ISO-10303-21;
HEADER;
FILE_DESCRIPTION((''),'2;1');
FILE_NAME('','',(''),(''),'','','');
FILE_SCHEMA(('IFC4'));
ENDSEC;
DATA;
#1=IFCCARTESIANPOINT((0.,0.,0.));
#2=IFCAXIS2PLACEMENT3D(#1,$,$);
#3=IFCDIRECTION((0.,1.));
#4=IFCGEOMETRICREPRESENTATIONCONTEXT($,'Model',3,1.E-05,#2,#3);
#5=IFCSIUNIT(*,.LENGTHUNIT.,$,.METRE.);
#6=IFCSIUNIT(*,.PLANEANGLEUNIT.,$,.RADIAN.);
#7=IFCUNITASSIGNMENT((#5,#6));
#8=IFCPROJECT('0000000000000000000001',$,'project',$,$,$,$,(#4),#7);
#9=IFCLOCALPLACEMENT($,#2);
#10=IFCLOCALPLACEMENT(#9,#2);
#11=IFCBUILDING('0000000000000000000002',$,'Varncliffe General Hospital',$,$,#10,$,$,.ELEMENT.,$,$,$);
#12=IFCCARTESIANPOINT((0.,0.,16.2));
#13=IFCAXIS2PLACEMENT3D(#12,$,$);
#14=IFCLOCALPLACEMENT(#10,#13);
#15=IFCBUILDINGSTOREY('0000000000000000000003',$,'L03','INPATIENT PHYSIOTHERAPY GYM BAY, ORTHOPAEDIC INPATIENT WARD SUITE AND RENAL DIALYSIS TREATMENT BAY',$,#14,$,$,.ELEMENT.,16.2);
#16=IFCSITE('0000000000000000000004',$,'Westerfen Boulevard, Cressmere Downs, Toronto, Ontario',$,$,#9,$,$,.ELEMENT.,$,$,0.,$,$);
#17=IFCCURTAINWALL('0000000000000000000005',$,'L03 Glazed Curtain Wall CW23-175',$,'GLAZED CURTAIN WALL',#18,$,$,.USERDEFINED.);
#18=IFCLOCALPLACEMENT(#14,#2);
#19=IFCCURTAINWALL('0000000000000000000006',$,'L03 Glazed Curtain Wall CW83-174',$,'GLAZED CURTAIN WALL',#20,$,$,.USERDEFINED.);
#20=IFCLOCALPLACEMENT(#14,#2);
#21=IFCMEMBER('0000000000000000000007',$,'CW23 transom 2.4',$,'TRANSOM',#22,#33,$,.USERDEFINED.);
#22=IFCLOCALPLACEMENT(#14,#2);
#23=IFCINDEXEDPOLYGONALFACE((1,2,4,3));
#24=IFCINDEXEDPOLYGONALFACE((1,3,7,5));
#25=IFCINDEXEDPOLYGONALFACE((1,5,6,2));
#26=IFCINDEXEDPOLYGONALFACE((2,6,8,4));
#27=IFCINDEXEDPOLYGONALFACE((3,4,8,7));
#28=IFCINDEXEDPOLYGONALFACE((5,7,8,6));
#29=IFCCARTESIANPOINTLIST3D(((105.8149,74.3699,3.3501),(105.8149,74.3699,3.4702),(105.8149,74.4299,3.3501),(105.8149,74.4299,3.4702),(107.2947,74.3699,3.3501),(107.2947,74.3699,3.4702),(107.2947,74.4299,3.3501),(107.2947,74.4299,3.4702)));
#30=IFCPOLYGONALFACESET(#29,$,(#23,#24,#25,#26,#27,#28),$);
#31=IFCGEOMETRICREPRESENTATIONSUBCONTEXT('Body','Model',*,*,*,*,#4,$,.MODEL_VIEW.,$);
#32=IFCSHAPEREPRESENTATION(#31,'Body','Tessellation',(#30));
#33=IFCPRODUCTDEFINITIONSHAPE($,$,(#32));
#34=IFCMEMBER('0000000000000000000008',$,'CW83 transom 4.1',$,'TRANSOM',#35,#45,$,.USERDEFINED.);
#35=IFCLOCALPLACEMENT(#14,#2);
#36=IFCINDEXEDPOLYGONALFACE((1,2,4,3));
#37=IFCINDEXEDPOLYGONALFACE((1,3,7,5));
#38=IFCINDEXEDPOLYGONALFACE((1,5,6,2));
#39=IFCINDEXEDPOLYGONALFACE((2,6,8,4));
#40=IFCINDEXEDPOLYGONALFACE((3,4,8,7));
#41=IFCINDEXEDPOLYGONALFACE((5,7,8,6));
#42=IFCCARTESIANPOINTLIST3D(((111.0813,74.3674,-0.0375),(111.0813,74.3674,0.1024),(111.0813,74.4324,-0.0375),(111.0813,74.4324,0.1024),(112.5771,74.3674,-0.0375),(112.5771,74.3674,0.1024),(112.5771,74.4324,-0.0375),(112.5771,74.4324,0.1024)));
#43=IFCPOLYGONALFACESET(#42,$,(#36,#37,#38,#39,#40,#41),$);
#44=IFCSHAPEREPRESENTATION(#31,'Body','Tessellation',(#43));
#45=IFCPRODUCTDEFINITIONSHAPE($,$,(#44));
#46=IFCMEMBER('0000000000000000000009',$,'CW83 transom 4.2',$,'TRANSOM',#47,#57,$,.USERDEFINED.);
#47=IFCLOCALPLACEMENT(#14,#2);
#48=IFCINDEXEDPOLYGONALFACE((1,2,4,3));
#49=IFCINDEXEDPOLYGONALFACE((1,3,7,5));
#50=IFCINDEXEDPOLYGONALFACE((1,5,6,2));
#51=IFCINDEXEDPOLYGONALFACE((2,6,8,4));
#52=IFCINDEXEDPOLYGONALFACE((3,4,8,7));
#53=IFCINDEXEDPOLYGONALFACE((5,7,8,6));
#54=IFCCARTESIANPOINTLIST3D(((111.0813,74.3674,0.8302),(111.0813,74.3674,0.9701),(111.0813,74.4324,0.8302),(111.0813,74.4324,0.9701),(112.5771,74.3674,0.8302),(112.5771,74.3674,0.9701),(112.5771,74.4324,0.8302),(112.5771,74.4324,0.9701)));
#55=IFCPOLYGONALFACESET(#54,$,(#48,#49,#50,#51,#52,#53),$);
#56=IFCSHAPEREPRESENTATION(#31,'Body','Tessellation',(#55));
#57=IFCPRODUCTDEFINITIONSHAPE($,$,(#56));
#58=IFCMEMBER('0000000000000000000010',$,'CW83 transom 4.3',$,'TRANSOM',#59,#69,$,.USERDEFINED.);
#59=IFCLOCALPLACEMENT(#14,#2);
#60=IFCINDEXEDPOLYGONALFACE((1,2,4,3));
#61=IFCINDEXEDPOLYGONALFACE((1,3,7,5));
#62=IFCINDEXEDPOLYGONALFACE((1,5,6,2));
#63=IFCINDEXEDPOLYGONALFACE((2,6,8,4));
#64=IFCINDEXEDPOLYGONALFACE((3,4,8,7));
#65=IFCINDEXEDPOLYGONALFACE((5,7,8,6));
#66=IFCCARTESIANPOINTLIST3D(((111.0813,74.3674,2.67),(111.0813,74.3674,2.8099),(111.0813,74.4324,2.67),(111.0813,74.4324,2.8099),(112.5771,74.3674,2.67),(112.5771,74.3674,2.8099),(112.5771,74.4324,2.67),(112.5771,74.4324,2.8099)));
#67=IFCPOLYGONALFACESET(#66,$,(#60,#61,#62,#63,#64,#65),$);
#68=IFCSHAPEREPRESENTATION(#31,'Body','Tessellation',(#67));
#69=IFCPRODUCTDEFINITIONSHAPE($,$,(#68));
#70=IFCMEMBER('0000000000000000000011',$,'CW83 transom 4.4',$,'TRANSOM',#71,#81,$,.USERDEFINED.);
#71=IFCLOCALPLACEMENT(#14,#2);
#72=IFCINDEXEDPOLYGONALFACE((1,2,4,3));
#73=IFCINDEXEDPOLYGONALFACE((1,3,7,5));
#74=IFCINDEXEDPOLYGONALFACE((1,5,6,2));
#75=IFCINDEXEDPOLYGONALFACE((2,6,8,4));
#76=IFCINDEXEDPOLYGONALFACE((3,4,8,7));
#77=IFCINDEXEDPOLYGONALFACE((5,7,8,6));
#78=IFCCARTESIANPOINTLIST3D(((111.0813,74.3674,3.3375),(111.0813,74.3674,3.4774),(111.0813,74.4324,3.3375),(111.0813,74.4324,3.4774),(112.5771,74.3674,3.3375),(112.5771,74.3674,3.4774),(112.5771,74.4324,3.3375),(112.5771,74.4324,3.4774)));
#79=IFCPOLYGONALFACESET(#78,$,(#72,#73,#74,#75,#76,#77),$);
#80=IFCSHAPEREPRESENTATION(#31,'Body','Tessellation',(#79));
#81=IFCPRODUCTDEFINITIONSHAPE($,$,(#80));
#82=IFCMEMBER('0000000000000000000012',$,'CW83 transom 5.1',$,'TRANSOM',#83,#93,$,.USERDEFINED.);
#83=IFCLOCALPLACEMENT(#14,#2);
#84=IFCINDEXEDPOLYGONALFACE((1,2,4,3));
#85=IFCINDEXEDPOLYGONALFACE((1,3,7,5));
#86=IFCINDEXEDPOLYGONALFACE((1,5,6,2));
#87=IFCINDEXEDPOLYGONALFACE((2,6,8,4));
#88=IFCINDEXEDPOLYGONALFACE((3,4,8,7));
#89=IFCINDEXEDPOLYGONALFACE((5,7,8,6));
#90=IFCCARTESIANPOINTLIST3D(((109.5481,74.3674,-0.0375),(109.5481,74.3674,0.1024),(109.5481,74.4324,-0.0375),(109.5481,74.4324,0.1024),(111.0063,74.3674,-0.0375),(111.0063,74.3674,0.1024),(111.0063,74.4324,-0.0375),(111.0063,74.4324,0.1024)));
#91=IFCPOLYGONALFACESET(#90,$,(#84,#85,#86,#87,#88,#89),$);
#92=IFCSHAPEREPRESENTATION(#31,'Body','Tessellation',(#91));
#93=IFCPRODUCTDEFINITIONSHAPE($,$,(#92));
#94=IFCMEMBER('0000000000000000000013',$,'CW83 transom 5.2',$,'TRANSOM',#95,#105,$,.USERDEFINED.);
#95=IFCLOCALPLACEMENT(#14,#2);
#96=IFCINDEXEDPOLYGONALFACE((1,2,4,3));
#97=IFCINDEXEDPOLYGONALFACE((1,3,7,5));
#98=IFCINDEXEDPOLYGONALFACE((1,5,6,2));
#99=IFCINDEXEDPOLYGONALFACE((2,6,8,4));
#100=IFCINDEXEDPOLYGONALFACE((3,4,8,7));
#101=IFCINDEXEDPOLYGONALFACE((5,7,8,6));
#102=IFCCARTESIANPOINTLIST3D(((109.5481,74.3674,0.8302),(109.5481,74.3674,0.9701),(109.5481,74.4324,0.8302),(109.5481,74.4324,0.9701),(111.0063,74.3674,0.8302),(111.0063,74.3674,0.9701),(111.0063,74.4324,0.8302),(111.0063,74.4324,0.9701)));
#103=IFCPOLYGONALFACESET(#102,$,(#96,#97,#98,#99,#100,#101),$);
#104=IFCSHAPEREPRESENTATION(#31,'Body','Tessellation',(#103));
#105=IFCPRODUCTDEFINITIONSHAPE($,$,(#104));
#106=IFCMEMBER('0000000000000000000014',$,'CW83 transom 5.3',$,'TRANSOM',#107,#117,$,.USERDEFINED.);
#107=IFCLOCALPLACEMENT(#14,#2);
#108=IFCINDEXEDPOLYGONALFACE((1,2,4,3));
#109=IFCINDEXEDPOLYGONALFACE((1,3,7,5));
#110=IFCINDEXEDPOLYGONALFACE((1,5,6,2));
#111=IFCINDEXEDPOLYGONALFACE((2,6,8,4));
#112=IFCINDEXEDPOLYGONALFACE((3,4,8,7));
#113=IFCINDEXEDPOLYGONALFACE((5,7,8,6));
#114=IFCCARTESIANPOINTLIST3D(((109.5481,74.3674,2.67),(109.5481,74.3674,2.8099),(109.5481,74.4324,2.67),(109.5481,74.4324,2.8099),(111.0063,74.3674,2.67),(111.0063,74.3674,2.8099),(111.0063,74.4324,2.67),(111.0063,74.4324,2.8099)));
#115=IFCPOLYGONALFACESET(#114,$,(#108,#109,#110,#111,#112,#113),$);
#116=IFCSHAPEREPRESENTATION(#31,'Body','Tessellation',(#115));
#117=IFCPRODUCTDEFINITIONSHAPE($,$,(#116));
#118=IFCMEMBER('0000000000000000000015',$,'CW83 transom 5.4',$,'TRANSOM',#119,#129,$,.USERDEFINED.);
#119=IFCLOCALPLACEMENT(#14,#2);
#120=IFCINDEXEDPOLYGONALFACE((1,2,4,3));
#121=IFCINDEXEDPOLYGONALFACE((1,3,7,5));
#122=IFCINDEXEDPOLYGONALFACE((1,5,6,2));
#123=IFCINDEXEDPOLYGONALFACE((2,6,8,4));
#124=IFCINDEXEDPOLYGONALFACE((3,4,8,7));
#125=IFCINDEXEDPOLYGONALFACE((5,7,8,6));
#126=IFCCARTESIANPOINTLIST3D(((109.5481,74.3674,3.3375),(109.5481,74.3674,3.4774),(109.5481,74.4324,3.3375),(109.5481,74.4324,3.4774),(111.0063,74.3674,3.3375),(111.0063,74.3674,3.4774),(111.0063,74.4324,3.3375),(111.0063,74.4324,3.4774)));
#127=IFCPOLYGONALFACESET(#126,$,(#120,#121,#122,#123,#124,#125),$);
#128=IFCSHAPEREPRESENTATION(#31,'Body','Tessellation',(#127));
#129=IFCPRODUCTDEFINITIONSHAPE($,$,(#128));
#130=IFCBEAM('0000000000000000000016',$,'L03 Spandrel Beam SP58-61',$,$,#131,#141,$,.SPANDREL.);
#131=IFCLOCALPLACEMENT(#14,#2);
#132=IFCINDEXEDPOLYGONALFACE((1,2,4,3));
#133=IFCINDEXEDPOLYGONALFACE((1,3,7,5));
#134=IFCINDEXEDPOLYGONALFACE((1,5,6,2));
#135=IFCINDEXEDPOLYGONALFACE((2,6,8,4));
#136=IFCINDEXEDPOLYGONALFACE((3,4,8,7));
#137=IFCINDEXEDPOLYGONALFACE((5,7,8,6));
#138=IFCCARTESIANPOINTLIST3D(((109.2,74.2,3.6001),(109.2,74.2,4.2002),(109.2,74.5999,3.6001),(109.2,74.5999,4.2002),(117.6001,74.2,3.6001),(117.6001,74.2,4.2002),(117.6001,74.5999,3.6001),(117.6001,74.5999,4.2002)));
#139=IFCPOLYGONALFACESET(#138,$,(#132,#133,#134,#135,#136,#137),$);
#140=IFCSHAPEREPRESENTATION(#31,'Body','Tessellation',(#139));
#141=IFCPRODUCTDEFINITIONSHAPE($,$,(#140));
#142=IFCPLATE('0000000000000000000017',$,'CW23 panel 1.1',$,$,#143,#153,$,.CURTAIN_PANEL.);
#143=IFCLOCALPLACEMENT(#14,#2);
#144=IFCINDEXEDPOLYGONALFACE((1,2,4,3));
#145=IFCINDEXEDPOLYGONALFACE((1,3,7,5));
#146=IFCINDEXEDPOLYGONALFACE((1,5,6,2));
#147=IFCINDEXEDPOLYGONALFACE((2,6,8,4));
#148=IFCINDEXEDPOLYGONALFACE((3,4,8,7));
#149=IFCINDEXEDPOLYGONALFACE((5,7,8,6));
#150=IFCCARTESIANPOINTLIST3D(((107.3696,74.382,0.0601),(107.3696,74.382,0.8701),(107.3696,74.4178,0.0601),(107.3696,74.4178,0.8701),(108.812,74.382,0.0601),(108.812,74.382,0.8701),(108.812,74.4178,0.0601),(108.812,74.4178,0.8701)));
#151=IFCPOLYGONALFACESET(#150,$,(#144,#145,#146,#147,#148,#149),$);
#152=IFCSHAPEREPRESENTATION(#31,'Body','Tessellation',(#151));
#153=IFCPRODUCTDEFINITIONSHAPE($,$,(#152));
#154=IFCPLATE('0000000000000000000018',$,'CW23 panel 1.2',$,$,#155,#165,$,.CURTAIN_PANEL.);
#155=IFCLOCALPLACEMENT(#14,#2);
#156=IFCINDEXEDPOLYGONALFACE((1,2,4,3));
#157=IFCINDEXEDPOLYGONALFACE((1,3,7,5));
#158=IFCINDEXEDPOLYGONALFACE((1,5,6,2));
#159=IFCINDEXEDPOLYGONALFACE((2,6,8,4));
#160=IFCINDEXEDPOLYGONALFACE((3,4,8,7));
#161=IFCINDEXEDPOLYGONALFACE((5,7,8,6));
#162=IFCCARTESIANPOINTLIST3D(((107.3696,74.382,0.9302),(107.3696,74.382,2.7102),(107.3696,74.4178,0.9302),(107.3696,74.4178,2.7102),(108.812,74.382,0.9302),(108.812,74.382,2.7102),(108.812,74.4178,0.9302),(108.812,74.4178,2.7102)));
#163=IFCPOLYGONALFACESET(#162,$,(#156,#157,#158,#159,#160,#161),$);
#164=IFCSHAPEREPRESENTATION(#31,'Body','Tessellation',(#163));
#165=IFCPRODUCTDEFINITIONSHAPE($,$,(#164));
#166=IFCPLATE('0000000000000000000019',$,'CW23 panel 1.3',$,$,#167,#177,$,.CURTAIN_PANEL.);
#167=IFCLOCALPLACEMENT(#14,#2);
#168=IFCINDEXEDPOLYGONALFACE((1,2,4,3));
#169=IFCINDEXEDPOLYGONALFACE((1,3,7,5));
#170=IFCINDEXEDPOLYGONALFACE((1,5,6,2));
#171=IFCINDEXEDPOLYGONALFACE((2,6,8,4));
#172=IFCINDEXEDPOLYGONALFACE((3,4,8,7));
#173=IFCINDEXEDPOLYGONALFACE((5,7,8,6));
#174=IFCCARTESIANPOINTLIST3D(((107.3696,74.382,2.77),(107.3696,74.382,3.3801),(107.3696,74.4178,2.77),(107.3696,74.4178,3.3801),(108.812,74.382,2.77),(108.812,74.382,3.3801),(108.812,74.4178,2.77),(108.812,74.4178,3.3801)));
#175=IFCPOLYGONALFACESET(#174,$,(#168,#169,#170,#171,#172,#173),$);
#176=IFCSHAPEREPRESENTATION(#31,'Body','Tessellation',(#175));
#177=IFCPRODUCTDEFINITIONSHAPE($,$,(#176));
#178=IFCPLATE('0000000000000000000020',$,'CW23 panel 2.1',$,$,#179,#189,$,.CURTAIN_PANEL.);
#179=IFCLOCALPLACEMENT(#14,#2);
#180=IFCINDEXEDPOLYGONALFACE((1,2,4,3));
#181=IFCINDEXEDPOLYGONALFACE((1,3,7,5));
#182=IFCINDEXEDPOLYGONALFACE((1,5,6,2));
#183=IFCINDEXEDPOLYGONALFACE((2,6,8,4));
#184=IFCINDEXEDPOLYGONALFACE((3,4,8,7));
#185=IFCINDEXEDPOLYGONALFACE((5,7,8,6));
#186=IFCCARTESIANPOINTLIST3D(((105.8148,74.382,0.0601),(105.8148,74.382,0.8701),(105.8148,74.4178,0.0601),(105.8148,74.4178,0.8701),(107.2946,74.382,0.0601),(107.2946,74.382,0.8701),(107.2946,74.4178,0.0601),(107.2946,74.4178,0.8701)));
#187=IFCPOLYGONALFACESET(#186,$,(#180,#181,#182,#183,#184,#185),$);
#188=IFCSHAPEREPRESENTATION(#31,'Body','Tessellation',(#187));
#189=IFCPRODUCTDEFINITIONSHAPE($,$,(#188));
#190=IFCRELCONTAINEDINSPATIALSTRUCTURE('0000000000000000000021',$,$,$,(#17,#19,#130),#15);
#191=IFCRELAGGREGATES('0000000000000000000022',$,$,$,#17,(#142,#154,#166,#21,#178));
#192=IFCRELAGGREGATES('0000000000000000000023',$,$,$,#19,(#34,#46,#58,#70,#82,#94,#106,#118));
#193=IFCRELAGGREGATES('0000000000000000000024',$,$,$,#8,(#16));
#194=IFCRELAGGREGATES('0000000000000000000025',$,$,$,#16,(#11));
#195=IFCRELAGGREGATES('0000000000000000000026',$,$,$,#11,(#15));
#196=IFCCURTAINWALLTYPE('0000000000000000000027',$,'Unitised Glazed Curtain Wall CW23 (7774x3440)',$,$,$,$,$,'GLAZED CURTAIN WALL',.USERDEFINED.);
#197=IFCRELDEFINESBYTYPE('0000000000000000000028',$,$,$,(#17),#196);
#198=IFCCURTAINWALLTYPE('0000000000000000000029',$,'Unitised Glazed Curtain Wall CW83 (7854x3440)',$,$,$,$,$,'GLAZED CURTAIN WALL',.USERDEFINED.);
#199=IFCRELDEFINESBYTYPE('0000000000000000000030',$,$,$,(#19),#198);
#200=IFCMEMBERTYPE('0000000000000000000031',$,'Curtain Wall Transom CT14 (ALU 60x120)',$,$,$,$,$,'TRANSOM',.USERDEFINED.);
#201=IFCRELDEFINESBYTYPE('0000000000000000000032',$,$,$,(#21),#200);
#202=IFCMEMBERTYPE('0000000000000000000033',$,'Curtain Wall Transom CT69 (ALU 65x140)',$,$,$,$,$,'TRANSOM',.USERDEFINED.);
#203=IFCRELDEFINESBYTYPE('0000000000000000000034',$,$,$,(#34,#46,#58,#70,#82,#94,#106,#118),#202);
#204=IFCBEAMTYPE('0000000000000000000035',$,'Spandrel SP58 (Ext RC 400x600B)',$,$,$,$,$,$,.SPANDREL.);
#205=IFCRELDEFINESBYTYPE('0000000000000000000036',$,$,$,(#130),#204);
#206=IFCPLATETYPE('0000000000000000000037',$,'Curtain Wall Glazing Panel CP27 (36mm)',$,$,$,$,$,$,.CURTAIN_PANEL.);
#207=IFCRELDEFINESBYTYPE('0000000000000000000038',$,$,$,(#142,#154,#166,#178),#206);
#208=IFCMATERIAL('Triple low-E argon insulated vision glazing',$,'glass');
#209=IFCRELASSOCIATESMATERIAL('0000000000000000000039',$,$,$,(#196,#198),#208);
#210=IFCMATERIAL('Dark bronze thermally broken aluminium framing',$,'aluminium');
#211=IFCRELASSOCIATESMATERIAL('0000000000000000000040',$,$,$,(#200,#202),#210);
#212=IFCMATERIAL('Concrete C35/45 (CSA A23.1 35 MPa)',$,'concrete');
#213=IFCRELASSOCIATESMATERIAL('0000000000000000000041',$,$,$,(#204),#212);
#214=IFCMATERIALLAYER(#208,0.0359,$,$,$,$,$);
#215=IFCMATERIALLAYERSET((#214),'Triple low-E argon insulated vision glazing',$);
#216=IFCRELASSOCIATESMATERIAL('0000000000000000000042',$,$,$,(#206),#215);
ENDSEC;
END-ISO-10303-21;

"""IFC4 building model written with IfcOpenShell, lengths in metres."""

from ifc_helpers import new_model, si_unit, direction, frame, origin, origin_2d, place, context, subcontext, project, spatial, rectangle, extrude, material, layer, layer_set, material_profile, profile_set, type_object, element, aggregate, save


model = new_model("IFC4")

# Units and contexts
model_context = context("Model", 3, precision=1e-05, world=origin(), true_north=direction((0.0, 1.0)))
body_context = subcontext(model_context, "Body", "Model", "MODEL_VIEW")
ifc_project = project(units=[si_unit("LENGTHUNIT", "METRE"), si_unit("PLANEANGLEUNIT", "RADIAN")], contexts=[model_context])

# Site, building, storey
site_placement = place(None, origin())
site = spatial("IfcSite", under=ifc_project, at=site_placement, Name="Westerfen Boulevard, Cressmere Downs, Toronto, Ontario", CompositionType="ELEMENT", RefElevation=0.0)
building_placement = place(site_placement, origin())
building = spatial("IfcBuilding", under=site, at=building_placement, Name="Varncliffe General Hospital", CompositionType="ELEMENT")
storey_placement = place(building_placement, frame((0.0, 0.0, 16.2)))
storey = spatial("IfcBuildingStorey", under=building, at=storey_placement, Name="L03", Description="INPATIENT PHYSIOTHERAPY GYM BAY, ORTHOPAEDIC INPATIENT WARD SUITE AND RENAL DIALYSIS TREATMENT BAY", CompositionType="ELEMENT", Elevation=16.2)

# Shared definitions
ifc_material_1 = material(Name="Concrete C35/45 (CSA A23.1 35 MPa)", Category="concrete")

# Curtain walls
ifc_material_2 = material(Name="Triple low-E argon insulated vision glazing", Category="glass")
curtain_wall_type_1 = type_object("IfcCurtainWallType", Name="Unitised Glazed Curtain Wall CW23 (7774x3440)", ElementType="GLAZED CURTAIN WALL", PredefinedType="USERDEFINED", material=ifc_material_2)
curtain_wall_1_placement = place(storey_placement, origin())
curtain_wall_1 = element("IfcCurtainWall", 1, at=curtain_wall_1_placement, inside=storey, type_object=curtain_wall_type_1, Name="L03 Glazed Curtain Wall CW23-175", ObjectType="GLAZED CURTAIN WALL", PredefinedType="USERDEFINED")
ifc_material_3 = material(Name="Dark bronze thermally broken aluminium framing", Category="aluminium")
curtain_wall_type_2 = type_object("IfcCurtainWallType", Name="Unitised Glazed Curtain Wall CW83 (7854x3440)", ElementType="GLAZED CURTAIN WALL", PredefinedType="USERDEFINED", material=ifc_material_2)
curtain_wall_2_placement = place(storey_placement, origin())
curtain_wall_2 = element("IfcCurtainWall", 2, at=curtain_wall_2_placement, inside=storey, type_object=curtain_wall_type_2, Name="L03 Glazed Curtain Wall CW83-174", ObjectType="GLAZED CURTAIN WALL", PredefinedType="USERDEFINED")

# Members
ifc_material_profile_1 = material_profile(ifc_material_3, rectangle(XDim=0.0601, YDim=0.1201, at=origin_2d()), Name="ALU 60x120")
ifc_profile_set_1 = profile_set([ifc_material_profile_1], Name="Dark bronze thermally broken aluminium framing")
member_type_1 = type_object("IfcMemberType", Name="Curtain Wall Transom CT14 (ALU 60x120)", ElementType="TRANSOM", PredefinedType="USERDEFINED", material=ifc_profile_set_1)
member_1_placement = place(storey_placement, frame((107.2947, 74.3999, 3.4102), z_axis=(-1.0, 0.0, 0.0), x_axis=(0.0, -1.0, 0.0)))
member_1 = element("IfcMember", 3, at=member_1_placement, type_object=member_type_1, Name="CW23 transom 2.4", ObjectType="TRANSOM", PredefinedType="USERDEFINED", context=body_context, shape_type="SweptSolid", body=[
    extrude(rectangle(XDim=0.0601, YDim=0.1201, at=origin_2d()), origin(), (0.0, 0.0, 1.0), 1.4797),
])
ifc_material_profile_2 = material_profile(ifc_material_3, rectangle(XDim=0.0649, YDim=0.1399, at=origin_2d()), Name="ALU 65x140")
ifc_profile_set_2 = profile_set([ifc_material_profile_2], Name="Dark bronze thermally broken aluminium framing")
member_type_2 = type_object("IfcMemberType", Name="Curtain Wall Transom CT69 (ALU 65x140)", ElementType="TRANSOM", PredefinedType="USERDEFINED", material=ifc_profile_set_2)
member_2_placement = place(storey_placement, frame((112.5771, 74.3999, 0.0325), z_axis=(-1.0, 0.0, 0.0), x_axis=(0.0, -1.0, 0.0)))
member_2 = element("IfcMember", 4, at=member_2_placement, type_object=member_type_2, Name="CW83 transom 4.1", ObjectType="TRANSOM", PredefinedType="USERDEFINED", context=body_context, shape_type="SweptSolid", body=[
    extrude(rectangle(XDim=0.0649, YDim=0.1399, at=origin_2d()), origin(), (0.0, 0.0, 1.0), 1.4958),
])
member_3_placement = place(storey_placement, frame((112.5771, 74.3999, 0.9001), z_axis=(-1.0, 0.0, 0.0), x_axis=(0.0, -1.0, 0.0)))
member_3 = element("IfcMember", 5, at=member_3_placement, type_object=member_type_2, Name="CW83 transom 4.2", ObjectType="TRANSOM", PredefinedType="USERDEFINED", context=body_context, shape_type="SweptSolid", body=[
    extrude(rectangle(XDim=0.0649, YDim=0.1399, at=origin_2d()), origin(), (0.0, 0.0, 1.0), 1.4958),
])
member_4_placement = place(storey_placement, frame((112.5771, 74.3999, 2.74), z_axis=(-1.0, 0.0, 0.0), x_axis=(0.0, -1.0, 0.0)))
member_4 = element("IfcMember", 6, at=member_4_placement, type_object=member_type_2, Name="CW83 transom 4.3", ObjectType="TRANSOM", PredefinedType="USERDEFINED", context=body_context, shape_type="SweptSolid", body=[
    extrude(rectangle(XDim=0.0649, YDim=0.1399, at=origin_2d()), origin(), (0.0, 0.0, 1.0), 1.4958),
])
member_5_placement = place(storey_placement, frame((112.5771, 74.3999, 3.4075), z_axis=(-1.0, 0.0, 0.0), x_axis=(0.0, -1.0, 0.0)))
member_5 = element("IfcMember", 7, at=member_5_placement, type_object=member_type_2, Name="CW83 transom 4.4", ObjectType="TRANSOM", PredefinedType="USERDEFINED", context=body_context, shape_type="SweptSolid", body=[
    extrude(rectangle(XDim=0.0649, YDim=0.1399, at=origin_2d()), origin(), (0.0, 0.0, 1.0), 1.4958),
])
member_6_placement = place(storey_placement, frame((111.0063, 74.3999, 0.0325), z_axis=(-1.0, 0.0, 0.0), x_axis=(0.0, -1.0, 0.0)))
member_6 = element("IfcMember", 8, at=member_6_placement, type_object=member_type_2, Name="CW83 transom 5.1", ObjectType="TRANSOM", PredefinedType="USERDEFINED", context=body_context, shape_type="SweptSolid", body=[
    extrude(rectangle(XDim=0.0649, YDim=0.1399, at=origin_2d()), origin(), (0.0, 0.0, 1.0), 1.4583),
])
member_7_placement = place(storey_placement, frame((111.0063, 74.3999, 0.9001), z_axis=(-1.0, 0.0, 0.0), x_axis=(0.0, -1.0, 0.0)))
member_7 = element("IfcMember", 9, at=member_7_placement, type_object=member_type_2, Name="CW83 transom 5.2", ObjectType="TRANSOM", PredefinedType="USERDEFINED", context=body_context, shape_type="SweptSolid", body=[
    extrude(rectangle(XDim=0.0649, YDim=0.1399, at=origin_2d()), origin(), (0.0, 0.0, 1.0), 1.4583),
])
member_8_placement = place(storey_placement, frame((111.0063, 74.3999, 2.74), z_axis=(-1.0, 0.0, 0.0), x_axis=(0.0, -1.0, 0.0)))
member_8 = element("IfcMember", 10, at=member_8_placement, type_object=member_type_2, Name="CW83 transom 5.3", ObjectType="TRANSOM", PredefinedType="USERDEFINED", context=body_context, shape_type="SweptSolid", body=[
    extrude(rectangle(XDim=0.0649, YDim=0.1399, at=origin_2d()), origin(), (0.0, 0.0, 1.0), 1.4583),
])
member_9_placement = place(storey_placement, frame((111.0063, 74.3999, 3.4075), z_axis=(-1.0, 0.0, 0.0), x_axis=(0.0, -1.0, 0.0)))
member_9 = element("IfcMember", 11, at=member_9_placement, type_object=member_type_2, Name="CW83 transom 5.4", ObjectType="TRANSOM", PredefinedType="USERDEFINED", context=body_context, shape_type="SweptSolid", body=[
    extrude(rectangle(XDim=0.0649, YDim=0.1399, at=origin_2d()), origin(), (0.0, 0.0, 1.0), 1.4583),
])

# Beam
ifc_material_profile_3 = material_profile(ifc_material_1, rectangle(XDim=0.3999, YDim=0.6001, at=origin_2d()), Name="RC 400x600")
ifc_profile_set_3 = profile_set([ifc_material_profile_3], Name="Concrete C35/45 (CSA A23.1 35 MPa)")
beam_type_1 = type_object("IfcBeamType", Name="Spandrel SP58 (Ext RC 400x600B)", PredefinedType="SPANDREL", material=ifc_profile_set_3)
beam_1_placement = place(storey_placement, frame((109.2, 74.3999, 3.9001), z_axis=(1.0, 0.0, 0.0), x_axis=(0.0, 1.0, 0.0)))
element("IfcBeam", 12, at=beam_1_placement, inside=storey, type_object=beam_type_1, Name="L03 Spandrel Beam SP58-61", PredefinedType="SPANDREL", context=body_context, shape_type="SweptSolid", body=[
    extrude(rectangle(XDim=0.3999, YDim=0.6001, at=origin_2d()), origin(), (0.0, 0.0, 1.0), 8.4001),
])

# Plates
ifc_layer_1 = layer(ifc_material_2, 0.0359)
ifc_layer_set_1 = layer_set([ifc_layer_1], Name="Triple low-E argon insulated vision glazing")
plate_type_1 = type_object("IfcPlateType", Name="Curtain Wall Glazing Panel CP27 (36mm)", PredefinedType="CURTAIN_PANEL", material=ifc_layer_set_1)
plate_1_placement = place(storey_placement, frame((108.0908, 74.3999, 0.0601), z_axis=(0.0, 0.0, 1.0), x_axis=(-1.0, 0.0, 0.0)))
plate_1 = element("IfcPlate", 13, at=plate_1_placement, type_object=plate_type_1, Name="CW23 panel 1.1", PredefinedType="CURTAIN_PANEL", context=body_context, shape_type="SweptSolid", body=[
    extrude(rectangle(XDim=1.4424, YDim=0.0359, at=origin_2d()), origin(), (0.0, 0.0, 1.0), 0.8101),
])
plate_2_placement = place(storey_placement, frame((108.0908, 74.3999, 0.9302), z_axis=(0.0, 0.0, 1.0), x_axis=(-1.0, 0.0, 0.0)))
plate_2 = element("IfcPlate", 14, at=plate_2_placement, type_object=plate_type_1, Name="CW23 panel 1.2", PredefinedType="CURTAIN_PANEL", context=body_context, shape_type="SweptSolid", body=[
    extrude(rectangle(XDim=1.4424, YDim=0.0359, at=origin_2d()), origin(), (0.0, 0.0, 1.0), 1.78),
])
plate_3_placement = place(storey_placement, frame((108.0908, 74.3999, 2.77), z_axis=(0.0, 0.0, 1.0), x_axis=(-1.0, 0.0, 0.0)))
plate_3 = element("IfcPlate", 15, at=plate_3_placement, type_object=plate_type_1, Name="CW23 panel 1.3", PredefinedType="CURTAIN_PANEL", context=body_context, shape_type="SweptSolid", body=[
    extrude(rectangle(XDim=1.4424, YDim=0.0359, at=origin_2d()), origin(), (0.0, 0.0, 1.0), 0.6101),
])
plate_4_placement = place(storey_placement, frame((106.5547, 74.3999, 0.0601), z_axis=(0.0, 0.0, 1.0), x_axis=(-1.0, 0.0, 0.0)))
plate_4 = element("IfcPlate", 16, at=plate_4_placement, type_object=plate_type_1, Name="CW23 panel 2.1", PredefinedType="CURTAIN_PANEL", context=body_context, shape_type="SweptSolid", body=[
    extrude(rectangle(XDim=1.4797, YDim=0.0359, at=origin_2d()), origin(), (0.0, 0.0, 1.0), 0.8101),
])
aggregate(curtain_wall_1, [plate_1, plate_2, plate_3, member_1, plate_4])
aggregate(curtain_wall_2, [member_2, member_3, member_4, member_5, member_6, member_7, member_8, member_9])

save(model, "model.ifc")
